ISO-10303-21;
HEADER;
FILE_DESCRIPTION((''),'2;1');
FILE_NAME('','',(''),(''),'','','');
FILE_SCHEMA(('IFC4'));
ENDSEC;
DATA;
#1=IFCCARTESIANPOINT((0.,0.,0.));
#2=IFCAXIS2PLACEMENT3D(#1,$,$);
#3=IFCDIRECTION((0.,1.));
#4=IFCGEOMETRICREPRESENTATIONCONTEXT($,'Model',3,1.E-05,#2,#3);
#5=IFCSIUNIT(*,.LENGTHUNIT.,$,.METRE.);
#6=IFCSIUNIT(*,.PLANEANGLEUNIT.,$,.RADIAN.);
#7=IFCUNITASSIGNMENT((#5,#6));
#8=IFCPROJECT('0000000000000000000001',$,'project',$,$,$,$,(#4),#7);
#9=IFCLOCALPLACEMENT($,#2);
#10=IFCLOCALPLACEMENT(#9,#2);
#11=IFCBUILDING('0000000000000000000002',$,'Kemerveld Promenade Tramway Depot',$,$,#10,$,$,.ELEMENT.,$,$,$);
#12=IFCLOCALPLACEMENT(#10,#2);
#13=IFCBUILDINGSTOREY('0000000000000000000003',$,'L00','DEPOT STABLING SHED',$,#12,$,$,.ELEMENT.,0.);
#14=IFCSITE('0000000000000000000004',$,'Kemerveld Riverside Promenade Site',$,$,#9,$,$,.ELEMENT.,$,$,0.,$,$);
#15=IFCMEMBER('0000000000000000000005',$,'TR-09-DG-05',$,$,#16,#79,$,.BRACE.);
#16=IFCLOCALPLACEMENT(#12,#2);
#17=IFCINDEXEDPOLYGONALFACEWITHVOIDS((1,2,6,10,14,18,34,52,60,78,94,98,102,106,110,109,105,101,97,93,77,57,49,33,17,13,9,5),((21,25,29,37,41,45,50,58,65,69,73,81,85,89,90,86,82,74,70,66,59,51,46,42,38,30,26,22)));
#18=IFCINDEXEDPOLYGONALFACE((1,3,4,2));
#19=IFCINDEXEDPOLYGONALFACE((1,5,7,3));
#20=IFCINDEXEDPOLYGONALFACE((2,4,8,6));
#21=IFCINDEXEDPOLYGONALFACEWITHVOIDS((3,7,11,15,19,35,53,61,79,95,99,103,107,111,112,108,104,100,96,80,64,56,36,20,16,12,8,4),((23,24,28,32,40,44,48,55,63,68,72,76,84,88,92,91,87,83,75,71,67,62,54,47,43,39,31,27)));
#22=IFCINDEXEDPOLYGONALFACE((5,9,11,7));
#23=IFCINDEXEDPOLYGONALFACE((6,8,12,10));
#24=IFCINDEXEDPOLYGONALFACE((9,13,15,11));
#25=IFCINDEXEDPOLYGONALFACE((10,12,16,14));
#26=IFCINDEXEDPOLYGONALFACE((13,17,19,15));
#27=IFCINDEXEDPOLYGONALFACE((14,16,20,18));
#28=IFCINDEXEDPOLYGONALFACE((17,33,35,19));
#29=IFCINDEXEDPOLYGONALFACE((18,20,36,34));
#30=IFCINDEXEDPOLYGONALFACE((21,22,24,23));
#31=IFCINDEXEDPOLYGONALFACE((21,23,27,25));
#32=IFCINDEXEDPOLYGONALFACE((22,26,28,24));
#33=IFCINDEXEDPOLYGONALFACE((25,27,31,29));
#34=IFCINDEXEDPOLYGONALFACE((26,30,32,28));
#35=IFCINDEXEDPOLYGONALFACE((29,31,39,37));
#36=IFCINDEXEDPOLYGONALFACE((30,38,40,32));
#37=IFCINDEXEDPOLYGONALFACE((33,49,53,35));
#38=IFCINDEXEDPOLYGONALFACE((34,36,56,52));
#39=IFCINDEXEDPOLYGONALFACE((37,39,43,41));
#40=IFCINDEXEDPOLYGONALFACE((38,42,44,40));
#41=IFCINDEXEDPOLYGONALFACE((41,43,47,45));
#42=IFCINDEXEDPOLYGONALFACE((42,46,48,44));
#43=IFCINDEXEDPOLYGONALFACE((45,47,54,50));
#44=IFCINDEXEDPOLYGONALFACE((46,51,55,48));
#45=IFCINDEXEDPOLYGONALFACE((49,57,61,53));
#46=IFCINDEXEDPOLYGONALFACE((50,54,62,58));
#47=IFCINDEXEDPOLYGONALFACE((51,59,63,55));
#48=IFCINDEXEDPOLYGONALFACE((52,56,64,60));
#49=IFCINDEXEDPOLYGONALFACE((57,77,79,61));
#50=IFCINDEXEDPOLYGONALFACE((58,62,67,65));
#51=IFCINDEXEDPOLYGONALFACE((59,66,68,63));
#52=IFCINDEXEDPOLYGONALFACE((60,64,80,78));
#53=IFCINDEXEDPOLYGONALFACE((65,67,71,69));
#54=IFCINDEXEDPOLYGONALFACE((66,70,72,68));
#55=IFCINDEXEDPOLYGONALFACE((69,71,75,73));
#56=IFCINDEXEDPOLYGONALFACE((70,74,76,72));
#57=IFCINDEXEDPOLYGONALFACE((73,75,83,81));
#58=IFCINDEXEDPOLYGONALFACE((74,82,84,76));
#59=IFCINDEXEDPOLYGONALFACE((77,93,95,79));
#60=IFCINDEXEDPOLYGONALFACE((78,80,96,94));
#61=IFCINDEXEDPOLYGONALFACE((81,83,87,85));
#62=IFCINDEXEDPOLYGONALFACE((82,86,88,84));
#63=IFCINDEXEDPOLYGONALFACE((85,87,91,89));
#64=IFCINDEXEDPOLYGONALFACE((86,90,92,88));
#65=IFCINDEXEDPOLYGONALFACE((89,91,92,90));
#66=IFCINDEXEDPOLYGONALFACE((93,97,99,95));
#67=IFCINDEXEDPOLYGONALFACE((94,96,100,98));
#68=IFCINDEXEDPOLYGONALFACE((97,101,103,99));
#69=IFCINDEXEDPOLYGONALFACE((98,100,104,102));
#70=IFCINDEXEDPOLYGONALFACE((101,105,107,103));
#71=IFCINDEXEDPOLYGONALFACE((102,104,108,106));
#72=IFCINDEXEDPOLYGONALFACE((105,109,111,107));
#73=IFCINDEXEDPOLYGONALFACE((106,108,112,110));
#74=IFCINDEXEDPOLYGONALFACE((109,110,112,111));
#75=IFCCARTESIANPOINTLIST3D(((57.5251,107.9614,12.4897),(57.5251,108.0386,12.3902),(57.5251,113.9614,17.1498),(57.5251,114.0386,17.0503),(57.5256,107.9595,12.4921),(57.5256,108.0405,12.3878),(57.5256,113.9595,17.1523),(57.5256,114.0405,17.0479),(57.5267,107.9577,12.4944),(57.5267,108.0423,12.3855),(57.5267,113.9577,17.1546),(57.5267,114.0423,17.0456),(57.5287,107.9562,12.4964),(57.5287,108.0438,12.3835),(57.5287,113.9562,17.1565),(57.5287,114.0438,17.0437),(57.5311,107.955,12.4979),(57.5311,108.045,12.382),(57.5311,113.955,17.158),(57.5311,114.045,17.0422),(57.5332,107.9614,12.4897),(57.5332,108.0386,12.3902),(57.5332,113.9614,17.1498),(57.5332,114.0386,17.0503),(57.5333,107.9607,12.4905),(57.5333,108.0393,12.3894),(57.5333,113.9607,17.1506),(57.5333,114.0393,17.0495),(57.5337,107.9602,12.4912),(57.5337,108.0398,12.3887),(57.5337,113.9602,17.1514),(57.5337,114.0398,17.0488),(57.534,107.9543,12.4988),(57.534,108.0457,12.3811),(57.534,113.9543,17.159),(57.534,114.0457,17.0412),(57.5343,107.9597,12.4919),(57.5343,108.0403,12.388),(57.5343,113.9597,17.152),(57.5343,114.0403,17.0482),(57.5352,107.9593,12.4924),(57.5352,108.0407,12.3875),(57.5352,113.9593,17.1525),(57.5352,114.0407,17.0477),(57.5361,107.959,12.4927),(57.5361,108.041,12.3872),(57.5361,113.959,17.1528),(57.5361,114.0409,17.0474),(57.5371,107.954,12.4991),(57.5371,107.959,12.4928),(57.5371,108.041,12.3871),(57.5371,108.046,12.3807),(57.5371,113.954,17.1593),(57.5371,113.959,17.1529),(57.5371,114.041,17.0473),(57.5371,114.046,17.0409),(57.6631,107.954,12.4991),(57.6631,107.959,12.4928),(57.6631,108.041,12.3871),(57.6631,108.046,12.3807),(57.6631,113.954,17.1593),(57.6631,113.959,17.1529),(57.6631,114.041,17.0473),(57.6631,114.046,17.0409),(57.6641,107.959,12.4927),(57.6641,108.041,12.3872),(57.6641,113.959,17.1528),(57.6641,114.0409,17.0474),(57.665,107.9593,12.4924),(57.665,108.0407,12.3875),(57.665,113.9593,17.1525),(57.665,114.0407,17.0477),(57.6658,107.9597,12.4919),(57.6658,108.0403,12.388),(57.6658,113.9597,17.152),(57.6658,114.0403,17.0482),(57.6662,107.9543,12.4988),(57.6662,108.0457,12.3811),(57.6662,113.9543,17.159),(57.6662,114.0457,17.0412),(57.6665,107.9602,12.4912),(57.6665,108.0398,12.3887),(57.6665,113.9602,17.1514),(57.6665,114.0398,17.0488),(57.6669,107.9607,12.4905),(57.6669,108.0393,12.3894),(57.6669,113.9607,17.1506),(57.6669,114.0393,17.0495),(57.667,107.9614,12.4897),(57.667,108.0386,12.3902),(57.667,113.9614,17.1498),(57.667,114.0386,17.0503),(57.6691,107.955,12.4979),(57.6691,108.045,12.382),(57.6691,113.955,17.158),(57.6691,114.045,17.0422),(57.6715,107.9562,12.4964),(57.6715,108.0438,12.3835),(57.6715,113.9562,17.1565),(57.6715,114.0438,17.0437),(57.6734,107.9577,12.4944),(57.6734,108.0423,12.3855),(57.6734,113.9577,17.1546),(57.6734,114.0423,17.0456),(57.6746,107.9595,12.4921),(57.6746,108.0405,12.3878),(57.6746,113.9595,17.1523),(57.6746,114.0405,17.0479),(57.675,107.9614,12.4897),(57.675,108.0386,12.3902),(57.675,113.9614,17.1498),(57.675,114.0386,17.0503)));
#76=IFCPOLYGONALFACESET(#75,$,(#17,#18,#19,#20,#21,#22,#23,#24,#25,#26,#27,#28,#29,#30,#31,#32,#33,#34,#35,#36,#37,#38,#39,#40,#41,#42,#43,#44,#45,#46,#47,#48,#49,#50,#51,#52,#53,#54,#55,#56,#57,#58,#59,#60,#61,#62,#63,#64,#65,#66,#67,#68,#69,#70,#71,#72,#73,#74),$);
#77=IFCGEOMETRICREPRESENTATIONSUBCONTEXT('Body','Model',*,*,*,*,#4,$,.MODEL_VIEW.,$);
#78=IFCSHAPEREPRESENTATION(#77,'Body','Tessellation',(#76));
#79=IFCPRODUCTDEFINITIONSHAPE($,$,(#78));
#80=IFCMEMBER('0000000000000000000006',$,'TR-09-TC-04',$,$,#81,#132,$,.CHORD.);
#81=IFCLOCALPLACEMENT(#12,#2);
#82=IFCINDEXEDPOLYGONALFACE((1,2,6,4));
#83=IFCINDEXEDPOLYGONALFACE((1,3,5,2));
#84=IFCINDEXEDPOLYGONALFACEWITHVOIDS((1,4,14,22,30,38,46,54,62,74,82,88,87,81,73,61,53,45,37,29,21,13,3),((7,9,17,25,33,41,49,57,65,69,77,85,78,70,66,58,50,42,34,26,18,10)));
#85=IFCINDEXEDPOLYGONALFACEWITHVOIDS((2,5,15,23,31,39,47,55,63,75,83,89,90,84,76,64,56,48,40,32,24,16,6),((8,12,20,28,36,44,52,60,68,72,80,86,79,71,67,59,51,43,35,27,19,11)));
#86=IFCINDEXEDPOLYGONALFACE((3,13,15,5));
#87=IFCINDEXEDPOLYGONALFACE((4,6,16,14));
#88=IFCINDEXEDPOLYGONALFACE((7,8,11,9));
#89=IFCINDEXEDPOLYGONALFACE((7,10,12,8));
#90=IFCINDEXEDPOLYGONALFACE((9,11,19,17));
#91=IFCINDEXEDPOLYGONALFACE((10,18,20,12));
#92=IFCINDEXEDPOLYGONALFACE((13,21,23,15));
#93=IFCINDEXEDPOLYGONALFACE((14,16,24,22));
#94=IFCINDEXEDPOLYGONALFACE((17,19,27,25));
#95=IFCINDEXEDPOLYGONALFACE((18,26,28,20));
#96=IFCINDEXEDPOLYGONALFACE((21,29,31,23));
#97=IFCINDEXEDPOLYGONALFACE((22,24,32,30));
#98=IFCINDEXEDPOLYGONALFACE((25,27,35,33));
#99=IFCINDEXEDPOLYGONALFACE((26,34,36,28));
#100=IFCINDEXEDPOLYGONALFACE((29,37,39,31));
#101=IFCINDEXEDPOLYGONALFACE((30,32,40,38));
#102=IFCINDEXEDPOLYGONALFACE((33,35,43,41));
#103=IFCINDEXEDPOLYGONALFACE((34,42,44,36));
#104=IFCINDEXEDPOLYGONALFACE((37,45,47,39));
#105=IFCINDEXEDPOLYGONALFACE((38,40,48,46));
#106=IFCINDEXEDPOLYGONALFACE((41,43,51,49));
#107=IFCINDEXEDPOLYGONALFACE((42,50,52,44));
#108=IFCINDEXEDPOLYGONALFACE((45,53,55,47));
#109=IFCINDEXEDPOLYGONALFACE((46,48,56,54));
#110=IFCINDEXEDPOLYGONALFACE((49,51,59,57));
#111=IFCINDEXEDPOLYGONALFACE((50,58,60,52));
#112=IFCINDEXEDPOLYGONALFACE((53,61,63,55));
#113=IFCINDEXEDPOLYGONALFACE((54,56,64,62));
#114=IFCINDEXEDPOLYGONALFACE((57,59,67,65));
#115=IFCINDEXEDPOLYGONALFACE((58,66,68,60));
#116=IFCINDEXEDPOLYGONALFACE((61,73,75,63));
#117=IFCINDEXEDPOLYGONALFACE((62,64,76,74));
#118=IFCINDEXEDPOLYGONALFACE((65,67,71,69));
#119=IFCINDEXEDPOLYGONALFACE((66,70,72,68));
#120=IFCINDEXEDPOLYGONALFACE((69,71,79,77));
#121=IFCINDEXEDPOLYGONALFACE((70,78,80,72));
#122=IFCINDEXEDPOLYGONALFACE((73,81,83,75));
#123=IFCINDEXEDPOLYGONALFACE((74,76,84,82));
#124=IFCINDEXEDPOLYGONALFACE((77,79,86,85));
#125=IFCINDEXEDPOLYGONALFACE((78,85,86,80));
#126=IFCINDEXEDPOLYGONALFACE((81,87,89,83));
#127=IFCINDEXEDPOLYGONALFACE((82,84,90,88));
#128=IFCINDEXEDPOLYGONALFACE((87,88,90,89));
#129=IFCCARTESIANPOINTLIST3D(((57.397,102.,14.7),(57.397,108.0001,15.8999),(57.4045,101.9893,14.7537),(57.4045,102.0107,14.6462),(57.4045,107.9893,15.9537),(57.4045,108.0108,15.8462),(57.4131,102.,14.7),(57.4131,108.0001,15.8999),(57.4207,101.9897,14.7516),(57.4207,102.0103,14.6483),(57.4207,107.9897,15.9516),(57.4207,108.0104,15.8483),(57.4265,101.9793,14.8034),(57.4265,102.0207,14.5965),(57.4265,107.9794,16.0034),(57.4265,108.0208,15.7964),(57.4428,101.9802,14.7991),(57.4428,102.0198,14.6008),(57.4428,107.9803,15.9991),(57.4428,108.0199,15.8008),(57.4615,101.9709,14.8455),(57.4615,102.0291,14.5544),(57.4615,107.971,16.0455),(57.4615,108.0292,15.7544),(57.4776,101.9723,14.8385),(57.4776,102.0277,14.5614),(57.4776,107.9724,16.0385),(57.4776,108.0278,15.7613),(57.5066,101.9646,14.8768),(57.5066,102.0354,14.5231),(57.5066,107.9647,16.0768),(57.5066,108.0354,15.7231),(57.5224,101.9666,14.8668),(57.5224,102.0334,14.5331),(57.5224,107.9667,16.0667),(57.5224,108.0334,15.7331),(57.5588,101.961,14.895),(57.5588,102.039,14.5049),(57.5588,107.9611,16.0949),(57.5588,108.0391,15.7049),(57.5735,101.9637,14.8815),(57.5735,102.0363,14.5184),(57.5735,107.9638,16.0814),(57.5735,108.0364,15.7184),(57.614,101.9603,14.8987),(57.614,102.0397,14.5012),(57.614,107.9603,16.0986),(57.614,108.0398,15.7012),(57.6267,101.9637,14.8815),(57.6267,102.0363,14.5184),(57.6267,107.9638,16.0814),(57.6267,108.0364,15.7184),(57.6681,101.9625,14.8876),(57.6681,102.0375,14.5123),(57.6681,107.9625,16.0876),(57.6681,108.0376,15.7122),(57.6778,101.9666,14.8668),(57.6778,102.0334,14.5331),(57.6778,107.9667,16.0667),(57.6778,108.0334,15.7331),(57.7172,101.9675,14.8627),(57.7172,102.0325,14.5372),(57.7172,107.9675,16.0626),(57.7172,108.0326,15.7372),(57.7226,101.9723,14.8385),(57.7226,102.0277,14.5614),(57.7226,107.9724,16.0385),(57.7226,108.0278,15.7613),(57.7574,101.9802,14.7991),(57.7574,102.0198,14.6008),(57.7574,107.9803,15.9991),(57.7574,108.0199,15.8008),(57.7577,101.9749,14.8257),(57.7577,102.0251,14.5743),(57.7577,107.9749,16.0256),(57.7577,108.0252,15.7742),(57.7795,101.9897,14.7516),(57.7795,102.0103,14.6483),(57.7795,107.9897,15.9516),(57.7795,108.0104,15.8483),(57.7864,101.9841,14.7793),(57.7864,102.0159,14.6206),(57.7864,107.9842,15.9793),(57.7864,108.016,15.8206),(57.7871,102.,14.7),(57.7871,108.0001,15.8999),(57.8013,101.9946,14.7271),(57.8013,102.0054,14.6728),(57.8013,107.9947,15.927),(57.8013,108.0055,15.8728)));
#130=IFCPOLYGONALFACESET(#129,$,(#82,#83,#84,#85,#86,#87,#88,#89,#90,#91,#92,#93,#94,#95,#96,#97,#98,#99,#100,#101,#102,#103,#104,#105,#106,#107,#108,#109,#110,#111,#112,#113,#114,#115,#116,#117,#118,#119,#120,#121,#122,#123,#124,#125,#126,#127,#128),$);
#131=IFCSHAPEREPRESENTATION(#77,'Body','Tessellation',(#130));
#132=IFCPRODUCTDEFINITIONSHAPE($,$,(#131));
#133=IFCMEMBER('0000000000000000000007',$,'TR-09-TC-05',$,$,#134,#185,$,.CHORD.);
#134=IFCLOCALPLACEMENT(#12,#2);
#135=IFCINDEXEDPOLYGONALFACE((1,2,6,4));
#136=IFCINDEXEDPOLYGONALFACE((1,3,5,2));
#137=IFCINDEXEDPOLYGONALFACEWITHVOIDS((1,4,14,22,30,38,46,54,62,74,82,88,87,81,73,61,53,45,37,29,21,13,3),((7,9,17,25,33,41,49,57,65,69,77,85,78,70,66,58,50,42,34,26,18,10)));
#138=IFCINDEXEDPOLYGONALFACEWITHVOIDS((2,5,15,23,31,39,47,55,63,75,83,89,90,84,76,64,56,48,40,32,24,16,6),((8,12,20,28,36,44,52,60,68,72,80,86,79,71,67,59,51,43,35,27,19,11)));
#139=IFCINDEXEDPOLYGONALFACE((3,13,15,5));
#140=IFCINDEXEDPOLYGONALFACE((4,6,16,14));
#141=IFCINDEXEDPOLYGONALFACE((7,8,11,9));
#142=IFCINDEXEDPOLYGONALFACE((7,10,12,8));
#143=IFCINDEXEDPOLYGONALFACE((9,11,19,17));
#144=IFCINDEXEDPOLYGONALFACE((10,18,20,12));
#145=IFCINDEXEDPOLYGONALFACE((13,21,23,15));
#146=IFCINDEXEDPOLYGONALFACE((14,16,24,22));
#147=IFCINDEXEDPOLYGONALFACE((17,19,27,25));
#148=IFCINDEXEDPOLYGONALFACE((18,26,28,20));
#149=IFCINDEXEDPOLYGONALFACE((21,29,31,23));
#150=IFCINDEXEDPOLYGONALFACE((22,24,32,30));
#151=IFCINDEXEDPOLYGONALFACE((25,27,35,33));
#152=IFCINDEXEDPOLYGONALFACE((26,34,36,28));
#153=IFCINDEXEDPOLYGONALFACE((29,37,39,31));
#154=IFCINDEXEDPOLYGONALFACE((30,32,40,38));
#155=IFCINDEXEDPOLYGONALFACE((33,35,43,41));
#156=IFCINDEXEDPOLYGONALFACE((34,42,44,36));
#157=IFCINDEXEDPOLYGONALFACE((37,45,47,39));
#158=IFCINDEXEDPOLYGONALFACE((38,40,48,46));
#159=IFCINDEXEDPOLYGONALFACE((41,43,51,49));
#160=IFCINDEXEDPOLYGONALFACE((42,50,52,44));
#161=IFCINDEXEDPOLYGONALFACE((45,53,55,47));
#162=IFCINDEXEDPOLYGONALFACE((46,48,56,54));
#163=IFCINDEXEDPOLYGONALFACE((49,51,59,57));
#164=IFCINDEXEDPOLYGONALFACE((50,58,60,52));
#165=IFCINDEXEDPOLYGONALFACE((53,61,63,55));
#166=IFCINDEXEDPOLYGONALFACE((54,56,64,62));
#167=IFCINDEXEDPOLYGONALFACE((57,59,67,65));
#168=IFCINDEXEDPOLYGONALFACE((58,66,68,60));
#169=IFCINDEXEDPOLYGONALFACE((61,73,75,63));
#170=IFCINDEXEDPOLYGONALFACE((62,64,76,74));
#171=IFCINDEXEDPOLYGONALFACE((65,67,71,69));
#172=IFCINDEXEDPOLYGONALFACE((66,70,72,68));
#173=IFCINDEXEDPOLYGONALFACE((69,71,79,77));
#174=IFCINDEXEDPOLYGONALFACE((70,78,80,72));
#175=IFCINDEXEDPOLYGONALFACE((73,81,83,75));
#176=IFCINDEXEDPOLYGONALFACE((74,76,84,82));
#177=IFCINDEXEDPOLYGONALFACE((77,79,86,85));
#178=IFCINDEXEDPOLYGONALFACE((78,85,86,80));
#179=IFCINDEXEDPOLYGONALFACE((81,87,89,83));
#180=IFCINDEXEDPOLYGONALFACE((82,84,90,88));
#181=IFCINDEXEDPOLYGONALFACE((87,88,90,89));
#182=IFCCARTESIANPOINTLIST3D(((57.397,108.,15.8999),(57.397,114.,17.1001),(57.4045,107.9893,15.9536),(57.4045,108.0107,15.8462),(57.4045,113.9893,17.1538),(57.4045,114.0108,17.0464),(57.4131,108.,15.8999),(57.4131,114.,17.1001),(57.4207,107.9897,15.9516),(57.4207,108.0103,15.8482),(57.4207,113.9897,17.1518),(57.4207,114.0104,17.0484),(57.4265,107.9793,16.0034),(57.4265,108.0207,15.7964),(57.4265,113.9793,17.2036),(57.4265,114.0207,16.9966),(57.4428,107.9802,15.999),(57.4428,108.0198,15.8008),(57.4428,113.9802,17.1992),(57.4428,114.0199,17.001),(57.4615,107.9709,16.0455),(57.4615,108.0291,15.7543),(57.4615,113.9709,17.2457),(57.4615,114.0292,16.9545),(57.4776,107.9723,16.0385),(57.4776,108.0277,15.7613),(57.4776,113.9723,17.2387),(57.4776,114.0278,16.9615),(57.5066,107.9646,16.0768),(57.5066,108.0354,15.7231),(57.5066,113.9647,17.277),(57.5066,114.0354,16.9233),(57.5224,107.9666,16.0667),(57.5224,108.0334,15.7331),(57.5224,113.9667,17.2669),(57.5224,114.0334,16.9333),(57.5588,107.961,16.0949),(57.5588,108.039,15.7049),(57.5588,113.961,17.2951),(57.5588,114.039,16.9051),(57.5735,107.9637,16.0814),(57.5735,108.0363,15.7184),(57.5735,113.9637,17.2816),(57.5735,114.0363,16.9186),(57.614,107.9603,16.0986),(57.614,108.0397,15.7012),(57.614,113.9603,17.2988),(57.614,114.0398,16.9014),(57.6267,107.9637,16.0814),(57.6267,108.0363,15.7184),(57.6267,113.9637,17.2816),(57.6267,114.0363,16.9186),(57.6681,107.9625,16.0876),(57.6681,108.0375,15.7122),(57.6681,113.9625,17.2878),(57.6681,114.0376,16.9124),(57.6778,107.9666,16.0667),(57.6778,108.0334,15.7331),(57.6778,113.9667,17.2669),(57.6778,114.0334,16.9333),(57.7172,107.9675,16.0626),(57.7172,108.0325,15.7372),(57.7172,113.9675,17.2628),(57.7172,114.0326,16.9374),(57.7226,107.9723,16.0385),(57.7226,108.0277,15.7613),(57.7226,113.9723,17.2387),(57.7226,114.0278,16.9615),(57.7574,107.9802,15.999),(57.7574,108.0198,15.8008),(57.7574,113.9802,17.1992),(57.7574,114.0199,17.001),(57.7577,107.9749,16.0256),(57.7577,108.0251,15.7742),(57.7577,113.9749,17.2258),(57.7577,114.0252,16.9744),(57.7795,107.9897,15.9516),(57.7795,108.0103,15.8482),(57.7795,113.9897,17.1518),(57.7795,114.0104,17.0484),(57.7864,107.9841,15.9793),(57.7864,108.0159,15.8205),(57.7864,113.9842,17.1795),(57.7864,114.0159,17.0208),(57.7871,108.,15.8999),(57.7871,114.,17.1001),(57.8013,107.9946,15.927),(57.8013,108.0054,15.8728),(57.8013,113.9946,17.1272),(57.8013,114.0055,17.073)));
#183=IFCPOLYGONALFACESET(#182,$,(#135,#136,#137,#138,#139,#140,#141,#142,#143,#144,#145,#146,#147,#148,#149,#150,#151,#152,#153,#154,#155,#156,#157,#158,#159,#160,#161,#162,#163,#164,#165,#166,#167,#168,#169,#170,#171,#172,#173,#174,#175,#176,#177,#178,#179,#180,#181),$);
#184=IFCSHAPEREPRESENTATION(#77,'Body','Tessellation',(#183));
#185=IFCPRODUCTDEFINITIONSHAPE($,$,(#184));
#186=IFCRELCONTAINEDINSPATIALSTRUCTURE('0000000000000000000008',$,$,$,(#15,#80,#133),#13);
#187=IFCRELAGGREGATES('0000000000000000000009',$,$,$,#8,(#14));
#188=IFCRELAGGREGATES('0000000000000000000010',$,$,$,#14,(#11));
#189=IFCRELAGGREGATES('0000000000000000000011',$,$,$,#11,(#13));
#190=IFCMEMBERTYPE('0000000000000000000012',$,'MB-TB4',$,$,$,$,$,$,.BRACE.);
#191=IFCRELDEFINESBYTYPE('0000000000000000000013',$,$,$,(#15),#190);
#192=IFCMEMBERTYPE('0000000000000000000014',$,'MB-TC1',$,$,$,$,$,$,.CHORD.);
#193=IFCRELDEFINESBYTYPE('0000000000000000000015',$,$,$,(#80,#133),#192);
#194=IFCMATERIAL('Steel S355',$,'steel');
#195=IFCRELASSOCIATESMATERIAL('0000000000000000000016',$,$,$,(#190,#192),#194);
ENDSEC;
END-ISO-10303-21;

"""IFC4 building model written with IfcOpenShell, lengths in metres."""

from ifc_helpers import new_model, si_unit, direction, frame, origin, origin_2d, place, context, subcontext, project, spatial, hollow_rectangle, hollow_circle, extrude, material, material_profile, profile_set, type_object, element, save


model = new_model("IFC4")

# Units and contexts
model_context = context("Model", 3, precision=1e-05, world=origin(), true_north=direction((0.0, 1.0)))
body_context = subcontext(model_context, "Body", "Model", "MODEL_VIEW")
ifc_project = project(units=[si_unit("LENGTHUNIT", "METRE"), si_unit("PLANEANGLEUNIT", "RADIAN")], contexts=[model_context])

# Site, building, storey
site_placement = place(None, origin())
site = spatial("IfcSite", under=ifc_project, at=site_placement, Name="Kemerveld Riverside Promenade Site", CompositionType="ELEMENT", RefElevation=0.0)
building_placement = place(site_placement, origin())
building = spatial("IfcBuilding", under=site, at=building_placement, Name="Kemerveld Promenade Tramway Depot", CompositionType="ELEMENT")
storey_placement = place(building_placement, origin())
storey = spatial("IfcBuildingStorey", under=building, at=storey_placement, Name="L00", Description="DEPOT STABLING SHED", CompositionType="ELEMENT", Elevation=0.0)

# Members
ifc_material_1 = material(Name="Steel S355", Category="steel")
ifc_material_profile_1 = material_profile(ifc_material_1, hollow_rectangle(XDim=0.1499, YDim=0.1499, WallThickness=0.0081, InnerFilletRadius=0.0039, OuterFilletRadius=0.012, at=origin_2d()), Name="150x150x8.0 SHS")
ifc_profile_set_1 = profile_set([ifc_material_profile_1], Name="Steel S355")
member_type_1 = type_object("IfcMemberType", Name="MB-TB4", PredefinedType="BRACE", material=ifc_profile_set_1)
member_1_placement = place(storey_placement, frame((57.6001, 108.0, 12.4399), z_axis=(0.0, 0.789767, 0.613407), x_axis=(-1.0, 0.0, 0.0)))
element("IfcMember", 1, at=member_1_placement, inside=storey, type_object=member_type_1, Name="TR-09-DG-05", PredefinedType="BRACE", context=body_context, shape_type="SweptSolid", body=[
    extrude(hollow_rectangle(XDim=0.1499, YDim=0.1499, WallThickness=0.0081, InnerFilletRadius=0.0039, OuterFilletRadius=0.012, at=origin_2d()), origin(), (0.0, 0.0, 1.0), 7.5972),
])
ifc_material_profile_2 = material_profile(ifc_material_1, hollow_circle(Radius=0.2031, WallThickness=0.0161, at=origin_2d()), Name="406.4x16.0 CHS")
ifc_profile_set_2 = profile_set([ifc_material_profile_2], Name="Steel S355")
member_type_2 = type_object("IfcMemberType", Name="MB-TC1", PredefinedType="CHORD", material=ifc_profile_set_2)
for number, where, z_axis, x_axis, name in (
    (2, (57.6001, 102.0, 14.7), (0.0, 0.980582, 0.196108), (-1.0, 0.0, 0.0), "TR-09-TC-04"),
    (3, (57.6001, 108.0, 15.8999), (0.0, 0.980575, 0.196147), (-1.0, 0.0, 0.0), "TR-09-TC-05"),
):
    element("IfcMember", number, at=place(storey_placement, frame(where, z_axis=z_axis, x_axis=x_axis)), inside=storey, type_object=member_type_2, Name=name, PredefinedType="CHORD", context=body_context, shape_type="SweptSolid", body=[
        extrude(hollow_circle(Radius=0.2031, WallThickness=0.0161, at=origin_2d()), origin(), (0.0, 0.0, 1.0), 6.1189),
    ])

save(model, "model.ifc")
